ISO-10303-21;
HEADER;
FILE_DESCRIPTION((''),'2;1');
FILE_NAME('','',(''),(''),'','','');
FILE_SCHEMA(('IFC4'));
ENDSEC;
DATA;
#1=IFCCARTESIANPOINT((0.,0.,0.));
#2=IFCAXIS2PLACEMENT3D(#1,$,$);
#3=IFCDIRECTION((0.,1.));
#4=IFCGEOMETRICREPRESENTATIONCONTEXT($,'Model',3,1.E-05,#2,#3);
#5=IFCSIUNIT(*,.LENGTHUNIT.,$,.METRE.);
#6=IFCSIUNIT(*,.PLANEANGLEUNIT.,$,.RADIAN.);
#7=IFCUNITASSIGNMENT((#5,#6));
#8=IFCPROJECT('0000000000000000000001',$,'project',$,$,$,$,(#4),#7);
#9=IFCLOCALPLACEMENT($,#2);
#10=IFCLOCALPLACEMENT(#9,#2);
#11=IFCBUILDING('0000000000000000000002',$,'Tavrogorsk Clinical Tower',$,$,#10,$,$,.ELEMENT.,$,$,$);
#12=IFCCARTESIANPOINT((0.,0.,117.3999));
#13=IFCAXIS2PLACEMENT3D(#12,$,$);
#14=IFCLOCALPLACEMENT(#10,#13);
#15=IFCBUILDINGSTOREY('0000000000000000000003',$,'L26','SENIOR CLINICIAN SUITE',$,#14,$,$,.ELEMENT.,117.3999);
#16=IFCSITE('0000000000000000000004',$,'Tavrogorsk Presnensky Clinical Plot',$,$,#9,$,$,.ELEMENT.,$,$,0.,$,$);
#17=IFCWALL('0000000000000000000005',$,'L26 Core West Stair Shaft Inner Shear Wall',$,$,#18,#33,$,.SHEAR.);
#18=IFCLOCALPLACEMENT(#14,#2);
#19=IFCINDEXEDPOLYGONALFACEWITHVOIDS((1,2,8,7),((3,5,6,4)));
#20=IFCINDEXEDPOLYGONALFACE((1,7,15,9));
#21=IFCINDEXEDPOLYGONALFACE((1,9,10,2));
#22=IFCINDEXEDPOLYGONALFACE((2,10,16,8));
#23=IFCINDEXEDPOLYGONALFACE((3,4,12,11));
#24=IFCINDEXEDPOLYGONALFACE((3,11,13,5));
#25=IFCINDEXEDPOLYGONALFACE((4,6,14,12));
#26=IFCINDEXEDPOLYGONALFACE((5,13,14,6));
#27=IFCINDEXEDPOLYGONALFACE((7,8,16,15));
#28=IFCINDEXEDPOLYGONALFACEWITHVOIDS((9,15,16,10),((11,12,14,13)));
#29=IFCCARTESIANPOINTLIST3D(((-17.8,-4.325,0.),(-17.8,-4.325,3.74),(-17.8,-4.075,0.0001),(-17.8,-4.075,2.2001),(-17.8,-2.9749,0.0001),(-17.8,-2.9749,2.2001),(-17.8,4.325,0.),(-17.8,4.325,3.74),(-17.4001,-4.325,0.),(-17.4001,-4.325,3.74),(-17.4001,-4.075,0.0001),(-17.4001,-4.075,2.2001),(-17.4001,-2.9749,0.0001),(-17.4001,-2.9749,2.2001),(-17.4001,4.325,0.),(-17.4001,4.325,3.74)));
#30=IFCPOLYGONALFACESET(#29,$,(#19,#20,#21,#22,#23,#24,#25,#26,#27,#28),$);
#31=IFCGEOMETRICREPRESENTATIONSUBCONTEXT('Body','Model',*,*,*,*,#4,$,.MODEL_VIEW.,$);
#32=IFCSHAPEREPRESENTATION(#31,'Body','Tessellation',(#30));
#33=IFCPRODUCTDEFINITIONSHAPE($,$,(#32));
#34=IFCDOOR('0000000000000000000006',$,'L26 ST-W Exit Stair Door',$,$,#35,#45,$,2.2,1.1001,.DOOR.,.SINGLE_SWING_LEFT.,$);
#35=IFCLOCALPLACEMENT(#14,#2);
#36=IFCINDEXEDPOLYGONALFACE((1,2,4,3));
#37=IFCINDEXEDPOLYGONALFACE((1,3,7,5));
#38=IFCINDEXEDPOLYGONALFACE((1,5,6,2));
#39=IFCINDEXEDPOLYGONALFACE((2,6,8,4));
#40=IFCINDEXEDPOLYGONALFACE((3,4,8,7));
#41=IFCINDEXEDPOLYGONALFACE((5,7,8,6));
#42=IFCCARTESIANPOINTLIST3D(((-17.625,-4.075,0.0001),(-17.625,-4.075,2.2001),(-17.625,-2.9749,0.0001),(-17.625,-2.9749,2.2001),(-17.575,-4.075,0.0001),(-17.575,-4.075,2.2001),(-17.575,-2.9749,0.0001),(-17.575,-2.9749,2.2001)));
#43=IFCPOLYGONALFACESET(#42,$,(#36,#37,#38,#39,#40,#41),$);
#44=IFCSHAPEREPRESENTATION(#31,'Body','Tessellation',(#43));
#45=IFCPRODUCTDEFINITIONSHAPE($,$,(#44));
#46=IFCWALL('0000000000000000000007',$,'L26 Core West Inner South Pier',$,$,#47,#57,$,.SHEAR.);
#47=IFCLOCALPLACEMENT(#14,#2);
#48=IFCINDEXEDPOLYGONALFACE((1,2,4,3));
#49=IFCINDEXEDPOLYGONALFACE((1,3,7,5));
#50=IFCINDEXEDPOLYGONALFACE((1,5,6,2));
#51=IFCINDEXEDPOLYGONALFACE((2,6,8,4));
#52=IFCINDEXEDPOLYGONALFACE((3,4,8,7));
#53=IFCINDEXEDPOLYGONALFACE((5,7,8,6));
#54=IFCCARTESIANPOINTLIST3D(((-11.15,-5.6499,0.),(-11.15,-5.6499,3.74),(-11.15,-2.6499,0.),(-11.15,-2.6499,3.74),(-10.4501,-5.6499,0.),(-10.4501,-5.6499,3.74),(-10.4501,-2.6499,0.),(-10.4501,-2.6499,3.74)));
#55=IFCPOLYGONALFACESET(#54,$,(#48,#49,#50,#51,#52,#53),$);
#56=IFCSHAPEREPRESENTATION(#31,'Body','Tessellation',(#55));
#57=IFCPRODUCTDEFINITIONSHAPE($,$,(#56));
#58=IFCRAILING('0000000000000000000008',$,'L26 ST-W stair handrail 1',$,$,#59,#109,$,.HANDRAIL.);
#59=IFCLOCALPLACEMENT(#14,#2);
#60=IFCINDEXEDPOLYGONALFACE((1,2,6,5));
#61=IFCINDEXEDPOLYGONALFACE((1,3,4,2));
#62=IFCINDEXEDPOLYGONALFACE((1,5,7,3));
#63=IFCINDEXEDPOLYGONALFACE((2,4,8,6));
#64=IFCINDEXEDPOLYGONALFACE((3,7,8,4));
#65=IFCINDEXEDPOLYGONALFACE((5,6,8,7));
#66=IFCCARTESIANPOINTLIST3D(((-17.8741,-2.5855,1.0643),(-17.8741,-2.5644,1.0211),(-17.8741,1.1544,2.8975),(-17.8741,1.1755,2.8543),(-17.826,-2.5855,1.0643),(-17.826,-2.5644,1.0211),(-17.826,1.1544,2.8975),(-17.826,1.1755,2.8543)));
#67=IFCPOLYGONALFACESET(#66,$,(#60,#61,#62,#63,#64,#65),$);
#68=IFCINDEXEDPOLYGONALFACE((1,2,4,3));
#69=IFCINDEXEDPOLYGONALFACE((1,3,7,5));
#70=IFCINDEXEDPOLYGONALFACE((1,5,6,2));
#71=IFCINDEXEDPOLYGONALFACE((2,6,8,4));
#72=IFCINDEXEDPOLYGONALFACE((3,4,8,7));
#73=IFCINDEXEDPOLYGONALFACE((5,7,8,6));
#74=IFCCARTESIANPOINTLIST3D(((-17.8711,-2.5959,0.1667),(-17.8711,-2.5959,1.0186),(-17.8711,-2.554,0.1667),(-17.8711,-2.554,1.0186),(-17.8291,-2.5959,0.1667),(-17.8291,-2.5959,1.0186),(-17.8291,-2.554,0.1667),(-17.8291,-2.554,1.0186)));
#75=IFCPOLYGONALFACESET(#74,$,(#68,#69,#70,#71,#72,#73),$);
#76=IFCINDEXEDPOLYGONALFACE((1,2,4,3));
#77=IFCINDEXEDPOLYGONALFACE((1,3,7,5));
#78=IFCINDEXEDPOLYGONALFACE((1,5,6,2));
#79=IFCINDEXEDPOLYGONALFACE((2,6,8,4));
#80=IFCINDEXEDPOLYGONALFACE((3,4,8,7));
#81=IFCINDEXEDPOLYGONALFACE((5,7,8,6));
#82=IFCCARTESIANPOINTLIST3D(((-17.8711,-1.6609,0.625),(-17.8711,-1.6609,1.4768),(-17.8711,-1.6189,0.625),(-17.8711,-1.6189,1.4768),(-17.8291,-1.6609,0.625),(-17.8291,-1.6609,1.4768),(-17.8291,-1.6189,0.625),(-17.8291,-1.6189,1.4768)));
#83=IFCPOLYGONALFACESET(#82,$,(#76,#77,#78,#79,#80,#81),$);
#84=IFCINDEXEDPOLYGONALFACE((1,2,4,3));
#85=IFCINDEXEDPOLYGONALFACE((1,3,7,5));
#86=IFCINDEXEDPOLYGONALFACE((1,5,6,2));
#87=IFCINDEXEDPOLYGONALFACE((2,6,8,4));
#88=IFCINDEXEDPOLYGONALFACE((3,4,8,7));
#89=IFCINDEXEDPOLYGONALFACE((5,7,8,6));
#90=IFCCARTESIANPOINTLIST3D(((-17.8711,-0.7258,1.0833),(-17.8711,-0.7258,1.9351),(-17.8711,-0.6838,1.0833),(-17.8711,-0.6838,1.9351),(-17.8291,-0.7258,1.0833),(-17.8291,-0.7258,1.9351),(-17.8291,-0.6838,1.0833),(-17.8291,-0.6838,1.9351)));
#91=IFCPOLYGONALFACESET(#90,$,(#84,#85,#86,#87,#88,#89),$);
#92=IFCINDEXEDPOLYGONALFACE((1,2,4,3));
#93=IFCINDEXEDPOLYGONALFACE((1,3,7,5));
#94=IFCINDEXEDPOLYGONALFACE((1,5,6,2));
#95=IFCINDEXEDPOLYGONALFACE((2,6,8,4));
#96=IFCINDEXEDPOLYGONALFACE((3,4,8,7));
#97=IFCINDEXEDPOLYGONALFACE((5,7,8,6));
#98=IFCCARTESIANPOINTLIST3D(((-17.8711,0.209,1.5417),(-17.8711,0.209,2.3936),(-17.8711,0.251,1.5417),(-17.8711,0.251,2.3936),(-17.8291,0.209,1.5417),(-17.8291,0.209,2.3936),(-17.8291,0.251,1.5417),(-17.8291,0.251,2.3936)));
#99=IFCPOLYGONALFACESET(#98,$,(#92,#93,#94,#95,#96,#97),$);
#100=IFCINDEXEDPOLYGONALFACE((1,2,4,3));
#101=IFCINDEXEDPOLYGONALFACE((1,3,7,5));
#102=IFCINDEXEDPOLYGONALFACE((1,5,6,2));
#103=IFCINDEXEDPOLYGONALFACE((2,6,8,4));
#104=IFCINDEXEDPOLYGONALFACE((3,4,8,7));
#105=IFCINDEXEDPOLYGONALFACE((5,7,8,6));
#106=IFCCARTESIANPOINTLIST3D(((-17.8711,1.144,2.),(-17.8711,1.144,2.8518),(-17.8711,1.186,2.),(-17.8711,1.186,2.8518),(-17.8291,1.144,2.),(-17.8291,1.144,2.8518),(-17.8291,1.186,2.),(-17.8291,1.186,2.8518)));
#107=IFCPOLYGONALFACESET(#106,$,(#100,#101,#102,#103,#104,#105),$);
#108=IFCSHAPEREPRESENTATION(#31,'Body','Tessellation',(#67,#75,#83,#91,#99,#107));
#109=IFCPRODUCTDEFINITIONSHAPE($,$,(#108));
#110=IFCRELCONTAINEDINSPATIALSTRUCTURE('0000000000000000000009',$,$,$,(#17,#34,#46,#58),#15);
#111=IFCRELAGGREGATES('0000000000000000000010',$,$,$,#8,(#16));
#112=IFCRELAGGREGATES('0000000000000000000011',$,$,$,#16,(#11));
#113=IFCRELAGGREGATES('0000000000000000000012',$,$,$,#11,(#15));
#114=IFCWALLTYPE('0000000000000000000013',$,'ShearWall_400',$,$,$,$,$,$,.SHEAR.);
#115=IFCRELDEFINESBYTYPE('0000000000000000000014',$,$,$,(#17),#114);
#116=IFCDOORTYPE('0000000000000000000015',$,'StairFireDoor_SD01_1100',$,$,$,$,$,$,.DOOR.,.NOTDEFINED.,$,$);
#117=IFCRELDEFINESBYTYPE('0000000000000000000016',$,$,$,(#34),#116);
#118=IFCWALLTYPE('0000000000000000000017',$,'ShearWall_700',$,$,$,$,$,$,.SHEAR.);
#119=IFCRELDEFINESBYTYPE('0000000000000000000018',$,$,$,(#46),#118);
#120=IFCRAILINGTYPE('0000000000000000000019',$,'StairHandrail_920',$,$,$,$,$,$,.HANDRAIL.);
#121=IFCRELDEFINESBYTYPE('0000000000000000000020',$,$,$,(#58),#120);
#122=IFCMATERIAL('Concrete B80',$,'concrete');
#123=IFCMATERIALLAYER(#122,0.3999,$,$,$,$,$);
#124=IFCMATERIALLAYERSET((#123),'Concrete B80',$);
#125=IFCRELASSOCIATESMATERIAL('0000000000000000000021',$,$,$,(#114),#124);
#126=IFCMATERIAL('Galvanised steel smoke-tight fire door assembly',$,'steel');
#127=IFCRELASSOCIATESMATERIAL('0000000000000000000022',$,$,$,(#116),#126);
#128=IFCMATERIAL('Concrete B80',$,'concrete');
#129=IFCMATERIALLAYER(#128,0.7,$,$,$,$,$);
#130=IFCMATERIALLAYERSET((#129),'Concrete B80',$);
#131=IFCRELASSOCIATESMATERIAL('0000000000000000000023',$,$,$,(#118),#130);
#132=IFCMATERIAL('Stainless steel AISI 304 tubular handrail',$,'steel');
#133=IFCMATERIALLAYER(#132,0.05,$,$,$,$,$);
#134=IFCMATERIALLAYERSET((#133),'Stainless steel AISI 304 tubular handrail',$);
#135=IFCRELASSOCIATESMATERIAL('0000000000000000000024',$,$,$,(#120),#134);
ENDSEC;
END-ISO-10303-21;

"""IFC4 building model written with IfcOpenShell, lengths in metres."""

from ifc_helpers import new_model, si_unit, direction, frame, frame_2d, origin, origin_2d, place, context, subcontext, project, spatial, rectangle, extrude, material, layer, layer_set, type_object, element, fill, save


model = new_model("IFC4")

# Units and contexts
model_context = context("Model", 3, precision=1e-05, world=origin(), true_north=direction((0.0, 1.0)))
body_context = subcontext(model_context, "Body", "Model", "MODEL_VIEW")
ifc_project = project(units=[si_unit("LENGTHUNIT", "METRE"), si_unit("PLANEANGLEUNIT", "RADIAN")], contexts=[model_context])

# Site, building, storey
site_placement = place(None, origin())
site = spatial("IfcSite", under=ifc_project, at=site_placement, Name="Tavrogorsk Presnensky Clinical Plot", CompositionType="ELEMENT", RefElevation=0.0)
building_placement = place(site_placement, origin())
building = spatial("IfcBuilding", under=site, at=building_placement, Name="Tavrogorsk Clinical Tower", CompositionType="ELEMENT")
storey_placement = place(building_placement, frame((0.0, 0.0, 117.3999)))
storey = spatial("IfcBuildingStorey", under=building, at=storey_placement, Name="L26", Description="SENIOR CLINICIAN SUITE", CompositionType="ELEMENT", Elevation=117.3999)

# Wall, opening, door
ifc_material_1 = material(Name="Concrete B80", Category="concrete")
ifc_layer_1 = layer(ifc_material_1, 0.3999)
ifc_layer_set_1 = layer_set([ifc_layer_1], Name="Concrete B80")
wall_type_1 = type_object("IfcWallType", Name="ShearWall_400", PredefinedType="SHEAR", material=ifc_layer_set_1)
wall_1_placement = place(storey_placement, frame((-17.6001, -4.325, 0.0), z_axis=(0.0, 0.0, 1.0), x_axis=(0.0, 1.0, 0.0)))
wall_1 = element("IfcWall", 1, at=wall_1_placement, inside=storey, type_object=wall_type_1, Name="L26 Core West Stair Shaft Inner Shear Wall", PredefinedType="SHEAR", context=body_context, shape_type="SweptSolid", body=[
    extrude(rectangle(XDim=8.6499, YDim=0.3999, at=frame_2d((4.325, 0.0))), origin(), (0.0, 0.0, 1.0), 3.74),
])
opening_1_placement = place(wall_1_placement, frame((0.25, 0.0, 0.0)))
opening_1 = element("IfcOpeningElement", 2, at=opening_1_placement, cuts=wall_1, PredefinedType="OPENING", context=body_context, shape_type="SweptSolid", body=[
    extrude(rectangle(XDim=1.1001, YDim=2.2, at=frame_2d((0.55, 1.1001))), frame((0.0, 0.21, 0.0), z_axis=(0.0, -1.0, 0.0), x_axis=(1.0, 0.0, 0.0)), (0.0, 0.0, 1.0), 0.4199),
])
ifc_material_2 = material(Name="Galvanised steel smoke-tight fire door assembly", Category="steel")
door_type_1 = type_object("IfcDoorType", Name="StairFireDoor_SD01_1100", OperationType="NOTDEFINED", PredefinedType="DOOR", material=ifc_material_2)
door_1_placement = place(opening_1_placement, origin())
door_1 = element("IfcDoor", 3, at=door_1_placement, inside=storey, type_object=door_type_1, Name="L26 ST-W Exit Stair Door", OperationType="SINGLE_SWING_LEFT", OverallHeight=2.2, OverallWidth=1.1001, PredefinedType="DOOR", context=body_context, shape_type="SweptSolid", body=[
    extrude(rectangle(XDim=1.1001, YDim=2.2, at=frame_2d((0.55, 1.1001))), frame((0.0, 0.0249, 0.0), z_axis=(0.0, -1.0, 0.0), x_axis=(1.0, 0.0, 0.0)), (0.0, 0.0, 1.0), 0.05),
])
fill(opening_1, door_1)

# Wall
ifc_material_3 = material(Name="Concrete B80", Category="concrete")
ifc_layer_2 = layer(ifc_material_3, 0.7)
ifc_layer_set_2 = layer_set([ifc_layer_2], Name="Concrete B80")
wall_type_2 = type_object("IfcWallType", Name="ShearWall_700", PredefinedType="SHEAR", material=ifc_layer_set_2)
wall_2_placement = place(storey_placement, frame((-10.8, -5.6499, 0.0), z_axis=(0.0, 0.0, 1.0), x_axis=(0.0, 1.0, 0.0)))
element("IfcWall", 4, at=wall_2_placement, inside=storey, type_object=wall_type_2, Name="L26 Core West Inner South Pier", PredefinedType="SHEAR", context=body_context, shape_type="SweptSolid", body=[
    extrude(rectangle(XDim=3.0, YDim=0.7, at=frame_2d((1.5, 0.0))), origin(), (0.0, 0.0, 1.0), 3.74),
])

# Railing
ifc_material_4 = material(Name="Stainless steel AISI 304 tubular handrail", Category="steel")
ifc_layer_3 = layer(ifc_material_4, 0.05)
ifc_layer_set_3 = layer_set([ifc_layer_3], Name="Stainless steel AISI 304 tubular handrail")
railing_type = type_object("IfcRailingType", Name="StairHandrail_920", PredefinedType="HANDRAIL", material=ifc_layer_set_3)
railing_placement = place(storey_placement, frame((-17.8501, -2.575, 0.1667)))
element("IfcRailing", 5, at=railing_placement, inside=storey, type_object=railing_type, Name="L26 ST-W stair handrail 1", PredefinedType="HANDRAIL", context=body_context, shape_type="SweptSolid", body=[
    extrude(rectangle(XDim=0.0481, YDim=0.0481, at=origin_2d()), frame((0.0, 0.0, 0.876), z_axis=(0.0, 0.897928, 0.440142), x_axis=(-1.0, 0.0, 0.0)), (0.0, 0.0, 1.0), 4.165),
    extrude(rectangle(XDim=0.042, YDim=0.042, at=origin_2d()), origin(), (0.0, 0.0, 1.0), 0.8518),
    extrude(rectangle(XDim=0.042, YDim=0.042, at=origin_2d()), frame((0.0, 0.9351, 0.4583)), (0.0, 0.0, 1.0), 0.8518),
    extrude(rectangle(XDim=0.042, YDim=0.042, at=origin_2d()), frame((0.0, 1.8701, 0.9165)), (0.0, 0.0, 1.0), 0.8518),
    extrude(rectangle(XDim=0.042, YDim=0.042, at=origin_2d()), frame((0.0, 2.8049, 1.375)), (0.0, 0.0, 1.0), 0.8518),
    extrude(rectangle(XDim=0.042, YDim=0.042, at=origin_2d()), frame((0.0, 3.74, 1.8333)), (0.0, 0.0, 1.0), 0.8518),
])

save(model, "model.ifc")
